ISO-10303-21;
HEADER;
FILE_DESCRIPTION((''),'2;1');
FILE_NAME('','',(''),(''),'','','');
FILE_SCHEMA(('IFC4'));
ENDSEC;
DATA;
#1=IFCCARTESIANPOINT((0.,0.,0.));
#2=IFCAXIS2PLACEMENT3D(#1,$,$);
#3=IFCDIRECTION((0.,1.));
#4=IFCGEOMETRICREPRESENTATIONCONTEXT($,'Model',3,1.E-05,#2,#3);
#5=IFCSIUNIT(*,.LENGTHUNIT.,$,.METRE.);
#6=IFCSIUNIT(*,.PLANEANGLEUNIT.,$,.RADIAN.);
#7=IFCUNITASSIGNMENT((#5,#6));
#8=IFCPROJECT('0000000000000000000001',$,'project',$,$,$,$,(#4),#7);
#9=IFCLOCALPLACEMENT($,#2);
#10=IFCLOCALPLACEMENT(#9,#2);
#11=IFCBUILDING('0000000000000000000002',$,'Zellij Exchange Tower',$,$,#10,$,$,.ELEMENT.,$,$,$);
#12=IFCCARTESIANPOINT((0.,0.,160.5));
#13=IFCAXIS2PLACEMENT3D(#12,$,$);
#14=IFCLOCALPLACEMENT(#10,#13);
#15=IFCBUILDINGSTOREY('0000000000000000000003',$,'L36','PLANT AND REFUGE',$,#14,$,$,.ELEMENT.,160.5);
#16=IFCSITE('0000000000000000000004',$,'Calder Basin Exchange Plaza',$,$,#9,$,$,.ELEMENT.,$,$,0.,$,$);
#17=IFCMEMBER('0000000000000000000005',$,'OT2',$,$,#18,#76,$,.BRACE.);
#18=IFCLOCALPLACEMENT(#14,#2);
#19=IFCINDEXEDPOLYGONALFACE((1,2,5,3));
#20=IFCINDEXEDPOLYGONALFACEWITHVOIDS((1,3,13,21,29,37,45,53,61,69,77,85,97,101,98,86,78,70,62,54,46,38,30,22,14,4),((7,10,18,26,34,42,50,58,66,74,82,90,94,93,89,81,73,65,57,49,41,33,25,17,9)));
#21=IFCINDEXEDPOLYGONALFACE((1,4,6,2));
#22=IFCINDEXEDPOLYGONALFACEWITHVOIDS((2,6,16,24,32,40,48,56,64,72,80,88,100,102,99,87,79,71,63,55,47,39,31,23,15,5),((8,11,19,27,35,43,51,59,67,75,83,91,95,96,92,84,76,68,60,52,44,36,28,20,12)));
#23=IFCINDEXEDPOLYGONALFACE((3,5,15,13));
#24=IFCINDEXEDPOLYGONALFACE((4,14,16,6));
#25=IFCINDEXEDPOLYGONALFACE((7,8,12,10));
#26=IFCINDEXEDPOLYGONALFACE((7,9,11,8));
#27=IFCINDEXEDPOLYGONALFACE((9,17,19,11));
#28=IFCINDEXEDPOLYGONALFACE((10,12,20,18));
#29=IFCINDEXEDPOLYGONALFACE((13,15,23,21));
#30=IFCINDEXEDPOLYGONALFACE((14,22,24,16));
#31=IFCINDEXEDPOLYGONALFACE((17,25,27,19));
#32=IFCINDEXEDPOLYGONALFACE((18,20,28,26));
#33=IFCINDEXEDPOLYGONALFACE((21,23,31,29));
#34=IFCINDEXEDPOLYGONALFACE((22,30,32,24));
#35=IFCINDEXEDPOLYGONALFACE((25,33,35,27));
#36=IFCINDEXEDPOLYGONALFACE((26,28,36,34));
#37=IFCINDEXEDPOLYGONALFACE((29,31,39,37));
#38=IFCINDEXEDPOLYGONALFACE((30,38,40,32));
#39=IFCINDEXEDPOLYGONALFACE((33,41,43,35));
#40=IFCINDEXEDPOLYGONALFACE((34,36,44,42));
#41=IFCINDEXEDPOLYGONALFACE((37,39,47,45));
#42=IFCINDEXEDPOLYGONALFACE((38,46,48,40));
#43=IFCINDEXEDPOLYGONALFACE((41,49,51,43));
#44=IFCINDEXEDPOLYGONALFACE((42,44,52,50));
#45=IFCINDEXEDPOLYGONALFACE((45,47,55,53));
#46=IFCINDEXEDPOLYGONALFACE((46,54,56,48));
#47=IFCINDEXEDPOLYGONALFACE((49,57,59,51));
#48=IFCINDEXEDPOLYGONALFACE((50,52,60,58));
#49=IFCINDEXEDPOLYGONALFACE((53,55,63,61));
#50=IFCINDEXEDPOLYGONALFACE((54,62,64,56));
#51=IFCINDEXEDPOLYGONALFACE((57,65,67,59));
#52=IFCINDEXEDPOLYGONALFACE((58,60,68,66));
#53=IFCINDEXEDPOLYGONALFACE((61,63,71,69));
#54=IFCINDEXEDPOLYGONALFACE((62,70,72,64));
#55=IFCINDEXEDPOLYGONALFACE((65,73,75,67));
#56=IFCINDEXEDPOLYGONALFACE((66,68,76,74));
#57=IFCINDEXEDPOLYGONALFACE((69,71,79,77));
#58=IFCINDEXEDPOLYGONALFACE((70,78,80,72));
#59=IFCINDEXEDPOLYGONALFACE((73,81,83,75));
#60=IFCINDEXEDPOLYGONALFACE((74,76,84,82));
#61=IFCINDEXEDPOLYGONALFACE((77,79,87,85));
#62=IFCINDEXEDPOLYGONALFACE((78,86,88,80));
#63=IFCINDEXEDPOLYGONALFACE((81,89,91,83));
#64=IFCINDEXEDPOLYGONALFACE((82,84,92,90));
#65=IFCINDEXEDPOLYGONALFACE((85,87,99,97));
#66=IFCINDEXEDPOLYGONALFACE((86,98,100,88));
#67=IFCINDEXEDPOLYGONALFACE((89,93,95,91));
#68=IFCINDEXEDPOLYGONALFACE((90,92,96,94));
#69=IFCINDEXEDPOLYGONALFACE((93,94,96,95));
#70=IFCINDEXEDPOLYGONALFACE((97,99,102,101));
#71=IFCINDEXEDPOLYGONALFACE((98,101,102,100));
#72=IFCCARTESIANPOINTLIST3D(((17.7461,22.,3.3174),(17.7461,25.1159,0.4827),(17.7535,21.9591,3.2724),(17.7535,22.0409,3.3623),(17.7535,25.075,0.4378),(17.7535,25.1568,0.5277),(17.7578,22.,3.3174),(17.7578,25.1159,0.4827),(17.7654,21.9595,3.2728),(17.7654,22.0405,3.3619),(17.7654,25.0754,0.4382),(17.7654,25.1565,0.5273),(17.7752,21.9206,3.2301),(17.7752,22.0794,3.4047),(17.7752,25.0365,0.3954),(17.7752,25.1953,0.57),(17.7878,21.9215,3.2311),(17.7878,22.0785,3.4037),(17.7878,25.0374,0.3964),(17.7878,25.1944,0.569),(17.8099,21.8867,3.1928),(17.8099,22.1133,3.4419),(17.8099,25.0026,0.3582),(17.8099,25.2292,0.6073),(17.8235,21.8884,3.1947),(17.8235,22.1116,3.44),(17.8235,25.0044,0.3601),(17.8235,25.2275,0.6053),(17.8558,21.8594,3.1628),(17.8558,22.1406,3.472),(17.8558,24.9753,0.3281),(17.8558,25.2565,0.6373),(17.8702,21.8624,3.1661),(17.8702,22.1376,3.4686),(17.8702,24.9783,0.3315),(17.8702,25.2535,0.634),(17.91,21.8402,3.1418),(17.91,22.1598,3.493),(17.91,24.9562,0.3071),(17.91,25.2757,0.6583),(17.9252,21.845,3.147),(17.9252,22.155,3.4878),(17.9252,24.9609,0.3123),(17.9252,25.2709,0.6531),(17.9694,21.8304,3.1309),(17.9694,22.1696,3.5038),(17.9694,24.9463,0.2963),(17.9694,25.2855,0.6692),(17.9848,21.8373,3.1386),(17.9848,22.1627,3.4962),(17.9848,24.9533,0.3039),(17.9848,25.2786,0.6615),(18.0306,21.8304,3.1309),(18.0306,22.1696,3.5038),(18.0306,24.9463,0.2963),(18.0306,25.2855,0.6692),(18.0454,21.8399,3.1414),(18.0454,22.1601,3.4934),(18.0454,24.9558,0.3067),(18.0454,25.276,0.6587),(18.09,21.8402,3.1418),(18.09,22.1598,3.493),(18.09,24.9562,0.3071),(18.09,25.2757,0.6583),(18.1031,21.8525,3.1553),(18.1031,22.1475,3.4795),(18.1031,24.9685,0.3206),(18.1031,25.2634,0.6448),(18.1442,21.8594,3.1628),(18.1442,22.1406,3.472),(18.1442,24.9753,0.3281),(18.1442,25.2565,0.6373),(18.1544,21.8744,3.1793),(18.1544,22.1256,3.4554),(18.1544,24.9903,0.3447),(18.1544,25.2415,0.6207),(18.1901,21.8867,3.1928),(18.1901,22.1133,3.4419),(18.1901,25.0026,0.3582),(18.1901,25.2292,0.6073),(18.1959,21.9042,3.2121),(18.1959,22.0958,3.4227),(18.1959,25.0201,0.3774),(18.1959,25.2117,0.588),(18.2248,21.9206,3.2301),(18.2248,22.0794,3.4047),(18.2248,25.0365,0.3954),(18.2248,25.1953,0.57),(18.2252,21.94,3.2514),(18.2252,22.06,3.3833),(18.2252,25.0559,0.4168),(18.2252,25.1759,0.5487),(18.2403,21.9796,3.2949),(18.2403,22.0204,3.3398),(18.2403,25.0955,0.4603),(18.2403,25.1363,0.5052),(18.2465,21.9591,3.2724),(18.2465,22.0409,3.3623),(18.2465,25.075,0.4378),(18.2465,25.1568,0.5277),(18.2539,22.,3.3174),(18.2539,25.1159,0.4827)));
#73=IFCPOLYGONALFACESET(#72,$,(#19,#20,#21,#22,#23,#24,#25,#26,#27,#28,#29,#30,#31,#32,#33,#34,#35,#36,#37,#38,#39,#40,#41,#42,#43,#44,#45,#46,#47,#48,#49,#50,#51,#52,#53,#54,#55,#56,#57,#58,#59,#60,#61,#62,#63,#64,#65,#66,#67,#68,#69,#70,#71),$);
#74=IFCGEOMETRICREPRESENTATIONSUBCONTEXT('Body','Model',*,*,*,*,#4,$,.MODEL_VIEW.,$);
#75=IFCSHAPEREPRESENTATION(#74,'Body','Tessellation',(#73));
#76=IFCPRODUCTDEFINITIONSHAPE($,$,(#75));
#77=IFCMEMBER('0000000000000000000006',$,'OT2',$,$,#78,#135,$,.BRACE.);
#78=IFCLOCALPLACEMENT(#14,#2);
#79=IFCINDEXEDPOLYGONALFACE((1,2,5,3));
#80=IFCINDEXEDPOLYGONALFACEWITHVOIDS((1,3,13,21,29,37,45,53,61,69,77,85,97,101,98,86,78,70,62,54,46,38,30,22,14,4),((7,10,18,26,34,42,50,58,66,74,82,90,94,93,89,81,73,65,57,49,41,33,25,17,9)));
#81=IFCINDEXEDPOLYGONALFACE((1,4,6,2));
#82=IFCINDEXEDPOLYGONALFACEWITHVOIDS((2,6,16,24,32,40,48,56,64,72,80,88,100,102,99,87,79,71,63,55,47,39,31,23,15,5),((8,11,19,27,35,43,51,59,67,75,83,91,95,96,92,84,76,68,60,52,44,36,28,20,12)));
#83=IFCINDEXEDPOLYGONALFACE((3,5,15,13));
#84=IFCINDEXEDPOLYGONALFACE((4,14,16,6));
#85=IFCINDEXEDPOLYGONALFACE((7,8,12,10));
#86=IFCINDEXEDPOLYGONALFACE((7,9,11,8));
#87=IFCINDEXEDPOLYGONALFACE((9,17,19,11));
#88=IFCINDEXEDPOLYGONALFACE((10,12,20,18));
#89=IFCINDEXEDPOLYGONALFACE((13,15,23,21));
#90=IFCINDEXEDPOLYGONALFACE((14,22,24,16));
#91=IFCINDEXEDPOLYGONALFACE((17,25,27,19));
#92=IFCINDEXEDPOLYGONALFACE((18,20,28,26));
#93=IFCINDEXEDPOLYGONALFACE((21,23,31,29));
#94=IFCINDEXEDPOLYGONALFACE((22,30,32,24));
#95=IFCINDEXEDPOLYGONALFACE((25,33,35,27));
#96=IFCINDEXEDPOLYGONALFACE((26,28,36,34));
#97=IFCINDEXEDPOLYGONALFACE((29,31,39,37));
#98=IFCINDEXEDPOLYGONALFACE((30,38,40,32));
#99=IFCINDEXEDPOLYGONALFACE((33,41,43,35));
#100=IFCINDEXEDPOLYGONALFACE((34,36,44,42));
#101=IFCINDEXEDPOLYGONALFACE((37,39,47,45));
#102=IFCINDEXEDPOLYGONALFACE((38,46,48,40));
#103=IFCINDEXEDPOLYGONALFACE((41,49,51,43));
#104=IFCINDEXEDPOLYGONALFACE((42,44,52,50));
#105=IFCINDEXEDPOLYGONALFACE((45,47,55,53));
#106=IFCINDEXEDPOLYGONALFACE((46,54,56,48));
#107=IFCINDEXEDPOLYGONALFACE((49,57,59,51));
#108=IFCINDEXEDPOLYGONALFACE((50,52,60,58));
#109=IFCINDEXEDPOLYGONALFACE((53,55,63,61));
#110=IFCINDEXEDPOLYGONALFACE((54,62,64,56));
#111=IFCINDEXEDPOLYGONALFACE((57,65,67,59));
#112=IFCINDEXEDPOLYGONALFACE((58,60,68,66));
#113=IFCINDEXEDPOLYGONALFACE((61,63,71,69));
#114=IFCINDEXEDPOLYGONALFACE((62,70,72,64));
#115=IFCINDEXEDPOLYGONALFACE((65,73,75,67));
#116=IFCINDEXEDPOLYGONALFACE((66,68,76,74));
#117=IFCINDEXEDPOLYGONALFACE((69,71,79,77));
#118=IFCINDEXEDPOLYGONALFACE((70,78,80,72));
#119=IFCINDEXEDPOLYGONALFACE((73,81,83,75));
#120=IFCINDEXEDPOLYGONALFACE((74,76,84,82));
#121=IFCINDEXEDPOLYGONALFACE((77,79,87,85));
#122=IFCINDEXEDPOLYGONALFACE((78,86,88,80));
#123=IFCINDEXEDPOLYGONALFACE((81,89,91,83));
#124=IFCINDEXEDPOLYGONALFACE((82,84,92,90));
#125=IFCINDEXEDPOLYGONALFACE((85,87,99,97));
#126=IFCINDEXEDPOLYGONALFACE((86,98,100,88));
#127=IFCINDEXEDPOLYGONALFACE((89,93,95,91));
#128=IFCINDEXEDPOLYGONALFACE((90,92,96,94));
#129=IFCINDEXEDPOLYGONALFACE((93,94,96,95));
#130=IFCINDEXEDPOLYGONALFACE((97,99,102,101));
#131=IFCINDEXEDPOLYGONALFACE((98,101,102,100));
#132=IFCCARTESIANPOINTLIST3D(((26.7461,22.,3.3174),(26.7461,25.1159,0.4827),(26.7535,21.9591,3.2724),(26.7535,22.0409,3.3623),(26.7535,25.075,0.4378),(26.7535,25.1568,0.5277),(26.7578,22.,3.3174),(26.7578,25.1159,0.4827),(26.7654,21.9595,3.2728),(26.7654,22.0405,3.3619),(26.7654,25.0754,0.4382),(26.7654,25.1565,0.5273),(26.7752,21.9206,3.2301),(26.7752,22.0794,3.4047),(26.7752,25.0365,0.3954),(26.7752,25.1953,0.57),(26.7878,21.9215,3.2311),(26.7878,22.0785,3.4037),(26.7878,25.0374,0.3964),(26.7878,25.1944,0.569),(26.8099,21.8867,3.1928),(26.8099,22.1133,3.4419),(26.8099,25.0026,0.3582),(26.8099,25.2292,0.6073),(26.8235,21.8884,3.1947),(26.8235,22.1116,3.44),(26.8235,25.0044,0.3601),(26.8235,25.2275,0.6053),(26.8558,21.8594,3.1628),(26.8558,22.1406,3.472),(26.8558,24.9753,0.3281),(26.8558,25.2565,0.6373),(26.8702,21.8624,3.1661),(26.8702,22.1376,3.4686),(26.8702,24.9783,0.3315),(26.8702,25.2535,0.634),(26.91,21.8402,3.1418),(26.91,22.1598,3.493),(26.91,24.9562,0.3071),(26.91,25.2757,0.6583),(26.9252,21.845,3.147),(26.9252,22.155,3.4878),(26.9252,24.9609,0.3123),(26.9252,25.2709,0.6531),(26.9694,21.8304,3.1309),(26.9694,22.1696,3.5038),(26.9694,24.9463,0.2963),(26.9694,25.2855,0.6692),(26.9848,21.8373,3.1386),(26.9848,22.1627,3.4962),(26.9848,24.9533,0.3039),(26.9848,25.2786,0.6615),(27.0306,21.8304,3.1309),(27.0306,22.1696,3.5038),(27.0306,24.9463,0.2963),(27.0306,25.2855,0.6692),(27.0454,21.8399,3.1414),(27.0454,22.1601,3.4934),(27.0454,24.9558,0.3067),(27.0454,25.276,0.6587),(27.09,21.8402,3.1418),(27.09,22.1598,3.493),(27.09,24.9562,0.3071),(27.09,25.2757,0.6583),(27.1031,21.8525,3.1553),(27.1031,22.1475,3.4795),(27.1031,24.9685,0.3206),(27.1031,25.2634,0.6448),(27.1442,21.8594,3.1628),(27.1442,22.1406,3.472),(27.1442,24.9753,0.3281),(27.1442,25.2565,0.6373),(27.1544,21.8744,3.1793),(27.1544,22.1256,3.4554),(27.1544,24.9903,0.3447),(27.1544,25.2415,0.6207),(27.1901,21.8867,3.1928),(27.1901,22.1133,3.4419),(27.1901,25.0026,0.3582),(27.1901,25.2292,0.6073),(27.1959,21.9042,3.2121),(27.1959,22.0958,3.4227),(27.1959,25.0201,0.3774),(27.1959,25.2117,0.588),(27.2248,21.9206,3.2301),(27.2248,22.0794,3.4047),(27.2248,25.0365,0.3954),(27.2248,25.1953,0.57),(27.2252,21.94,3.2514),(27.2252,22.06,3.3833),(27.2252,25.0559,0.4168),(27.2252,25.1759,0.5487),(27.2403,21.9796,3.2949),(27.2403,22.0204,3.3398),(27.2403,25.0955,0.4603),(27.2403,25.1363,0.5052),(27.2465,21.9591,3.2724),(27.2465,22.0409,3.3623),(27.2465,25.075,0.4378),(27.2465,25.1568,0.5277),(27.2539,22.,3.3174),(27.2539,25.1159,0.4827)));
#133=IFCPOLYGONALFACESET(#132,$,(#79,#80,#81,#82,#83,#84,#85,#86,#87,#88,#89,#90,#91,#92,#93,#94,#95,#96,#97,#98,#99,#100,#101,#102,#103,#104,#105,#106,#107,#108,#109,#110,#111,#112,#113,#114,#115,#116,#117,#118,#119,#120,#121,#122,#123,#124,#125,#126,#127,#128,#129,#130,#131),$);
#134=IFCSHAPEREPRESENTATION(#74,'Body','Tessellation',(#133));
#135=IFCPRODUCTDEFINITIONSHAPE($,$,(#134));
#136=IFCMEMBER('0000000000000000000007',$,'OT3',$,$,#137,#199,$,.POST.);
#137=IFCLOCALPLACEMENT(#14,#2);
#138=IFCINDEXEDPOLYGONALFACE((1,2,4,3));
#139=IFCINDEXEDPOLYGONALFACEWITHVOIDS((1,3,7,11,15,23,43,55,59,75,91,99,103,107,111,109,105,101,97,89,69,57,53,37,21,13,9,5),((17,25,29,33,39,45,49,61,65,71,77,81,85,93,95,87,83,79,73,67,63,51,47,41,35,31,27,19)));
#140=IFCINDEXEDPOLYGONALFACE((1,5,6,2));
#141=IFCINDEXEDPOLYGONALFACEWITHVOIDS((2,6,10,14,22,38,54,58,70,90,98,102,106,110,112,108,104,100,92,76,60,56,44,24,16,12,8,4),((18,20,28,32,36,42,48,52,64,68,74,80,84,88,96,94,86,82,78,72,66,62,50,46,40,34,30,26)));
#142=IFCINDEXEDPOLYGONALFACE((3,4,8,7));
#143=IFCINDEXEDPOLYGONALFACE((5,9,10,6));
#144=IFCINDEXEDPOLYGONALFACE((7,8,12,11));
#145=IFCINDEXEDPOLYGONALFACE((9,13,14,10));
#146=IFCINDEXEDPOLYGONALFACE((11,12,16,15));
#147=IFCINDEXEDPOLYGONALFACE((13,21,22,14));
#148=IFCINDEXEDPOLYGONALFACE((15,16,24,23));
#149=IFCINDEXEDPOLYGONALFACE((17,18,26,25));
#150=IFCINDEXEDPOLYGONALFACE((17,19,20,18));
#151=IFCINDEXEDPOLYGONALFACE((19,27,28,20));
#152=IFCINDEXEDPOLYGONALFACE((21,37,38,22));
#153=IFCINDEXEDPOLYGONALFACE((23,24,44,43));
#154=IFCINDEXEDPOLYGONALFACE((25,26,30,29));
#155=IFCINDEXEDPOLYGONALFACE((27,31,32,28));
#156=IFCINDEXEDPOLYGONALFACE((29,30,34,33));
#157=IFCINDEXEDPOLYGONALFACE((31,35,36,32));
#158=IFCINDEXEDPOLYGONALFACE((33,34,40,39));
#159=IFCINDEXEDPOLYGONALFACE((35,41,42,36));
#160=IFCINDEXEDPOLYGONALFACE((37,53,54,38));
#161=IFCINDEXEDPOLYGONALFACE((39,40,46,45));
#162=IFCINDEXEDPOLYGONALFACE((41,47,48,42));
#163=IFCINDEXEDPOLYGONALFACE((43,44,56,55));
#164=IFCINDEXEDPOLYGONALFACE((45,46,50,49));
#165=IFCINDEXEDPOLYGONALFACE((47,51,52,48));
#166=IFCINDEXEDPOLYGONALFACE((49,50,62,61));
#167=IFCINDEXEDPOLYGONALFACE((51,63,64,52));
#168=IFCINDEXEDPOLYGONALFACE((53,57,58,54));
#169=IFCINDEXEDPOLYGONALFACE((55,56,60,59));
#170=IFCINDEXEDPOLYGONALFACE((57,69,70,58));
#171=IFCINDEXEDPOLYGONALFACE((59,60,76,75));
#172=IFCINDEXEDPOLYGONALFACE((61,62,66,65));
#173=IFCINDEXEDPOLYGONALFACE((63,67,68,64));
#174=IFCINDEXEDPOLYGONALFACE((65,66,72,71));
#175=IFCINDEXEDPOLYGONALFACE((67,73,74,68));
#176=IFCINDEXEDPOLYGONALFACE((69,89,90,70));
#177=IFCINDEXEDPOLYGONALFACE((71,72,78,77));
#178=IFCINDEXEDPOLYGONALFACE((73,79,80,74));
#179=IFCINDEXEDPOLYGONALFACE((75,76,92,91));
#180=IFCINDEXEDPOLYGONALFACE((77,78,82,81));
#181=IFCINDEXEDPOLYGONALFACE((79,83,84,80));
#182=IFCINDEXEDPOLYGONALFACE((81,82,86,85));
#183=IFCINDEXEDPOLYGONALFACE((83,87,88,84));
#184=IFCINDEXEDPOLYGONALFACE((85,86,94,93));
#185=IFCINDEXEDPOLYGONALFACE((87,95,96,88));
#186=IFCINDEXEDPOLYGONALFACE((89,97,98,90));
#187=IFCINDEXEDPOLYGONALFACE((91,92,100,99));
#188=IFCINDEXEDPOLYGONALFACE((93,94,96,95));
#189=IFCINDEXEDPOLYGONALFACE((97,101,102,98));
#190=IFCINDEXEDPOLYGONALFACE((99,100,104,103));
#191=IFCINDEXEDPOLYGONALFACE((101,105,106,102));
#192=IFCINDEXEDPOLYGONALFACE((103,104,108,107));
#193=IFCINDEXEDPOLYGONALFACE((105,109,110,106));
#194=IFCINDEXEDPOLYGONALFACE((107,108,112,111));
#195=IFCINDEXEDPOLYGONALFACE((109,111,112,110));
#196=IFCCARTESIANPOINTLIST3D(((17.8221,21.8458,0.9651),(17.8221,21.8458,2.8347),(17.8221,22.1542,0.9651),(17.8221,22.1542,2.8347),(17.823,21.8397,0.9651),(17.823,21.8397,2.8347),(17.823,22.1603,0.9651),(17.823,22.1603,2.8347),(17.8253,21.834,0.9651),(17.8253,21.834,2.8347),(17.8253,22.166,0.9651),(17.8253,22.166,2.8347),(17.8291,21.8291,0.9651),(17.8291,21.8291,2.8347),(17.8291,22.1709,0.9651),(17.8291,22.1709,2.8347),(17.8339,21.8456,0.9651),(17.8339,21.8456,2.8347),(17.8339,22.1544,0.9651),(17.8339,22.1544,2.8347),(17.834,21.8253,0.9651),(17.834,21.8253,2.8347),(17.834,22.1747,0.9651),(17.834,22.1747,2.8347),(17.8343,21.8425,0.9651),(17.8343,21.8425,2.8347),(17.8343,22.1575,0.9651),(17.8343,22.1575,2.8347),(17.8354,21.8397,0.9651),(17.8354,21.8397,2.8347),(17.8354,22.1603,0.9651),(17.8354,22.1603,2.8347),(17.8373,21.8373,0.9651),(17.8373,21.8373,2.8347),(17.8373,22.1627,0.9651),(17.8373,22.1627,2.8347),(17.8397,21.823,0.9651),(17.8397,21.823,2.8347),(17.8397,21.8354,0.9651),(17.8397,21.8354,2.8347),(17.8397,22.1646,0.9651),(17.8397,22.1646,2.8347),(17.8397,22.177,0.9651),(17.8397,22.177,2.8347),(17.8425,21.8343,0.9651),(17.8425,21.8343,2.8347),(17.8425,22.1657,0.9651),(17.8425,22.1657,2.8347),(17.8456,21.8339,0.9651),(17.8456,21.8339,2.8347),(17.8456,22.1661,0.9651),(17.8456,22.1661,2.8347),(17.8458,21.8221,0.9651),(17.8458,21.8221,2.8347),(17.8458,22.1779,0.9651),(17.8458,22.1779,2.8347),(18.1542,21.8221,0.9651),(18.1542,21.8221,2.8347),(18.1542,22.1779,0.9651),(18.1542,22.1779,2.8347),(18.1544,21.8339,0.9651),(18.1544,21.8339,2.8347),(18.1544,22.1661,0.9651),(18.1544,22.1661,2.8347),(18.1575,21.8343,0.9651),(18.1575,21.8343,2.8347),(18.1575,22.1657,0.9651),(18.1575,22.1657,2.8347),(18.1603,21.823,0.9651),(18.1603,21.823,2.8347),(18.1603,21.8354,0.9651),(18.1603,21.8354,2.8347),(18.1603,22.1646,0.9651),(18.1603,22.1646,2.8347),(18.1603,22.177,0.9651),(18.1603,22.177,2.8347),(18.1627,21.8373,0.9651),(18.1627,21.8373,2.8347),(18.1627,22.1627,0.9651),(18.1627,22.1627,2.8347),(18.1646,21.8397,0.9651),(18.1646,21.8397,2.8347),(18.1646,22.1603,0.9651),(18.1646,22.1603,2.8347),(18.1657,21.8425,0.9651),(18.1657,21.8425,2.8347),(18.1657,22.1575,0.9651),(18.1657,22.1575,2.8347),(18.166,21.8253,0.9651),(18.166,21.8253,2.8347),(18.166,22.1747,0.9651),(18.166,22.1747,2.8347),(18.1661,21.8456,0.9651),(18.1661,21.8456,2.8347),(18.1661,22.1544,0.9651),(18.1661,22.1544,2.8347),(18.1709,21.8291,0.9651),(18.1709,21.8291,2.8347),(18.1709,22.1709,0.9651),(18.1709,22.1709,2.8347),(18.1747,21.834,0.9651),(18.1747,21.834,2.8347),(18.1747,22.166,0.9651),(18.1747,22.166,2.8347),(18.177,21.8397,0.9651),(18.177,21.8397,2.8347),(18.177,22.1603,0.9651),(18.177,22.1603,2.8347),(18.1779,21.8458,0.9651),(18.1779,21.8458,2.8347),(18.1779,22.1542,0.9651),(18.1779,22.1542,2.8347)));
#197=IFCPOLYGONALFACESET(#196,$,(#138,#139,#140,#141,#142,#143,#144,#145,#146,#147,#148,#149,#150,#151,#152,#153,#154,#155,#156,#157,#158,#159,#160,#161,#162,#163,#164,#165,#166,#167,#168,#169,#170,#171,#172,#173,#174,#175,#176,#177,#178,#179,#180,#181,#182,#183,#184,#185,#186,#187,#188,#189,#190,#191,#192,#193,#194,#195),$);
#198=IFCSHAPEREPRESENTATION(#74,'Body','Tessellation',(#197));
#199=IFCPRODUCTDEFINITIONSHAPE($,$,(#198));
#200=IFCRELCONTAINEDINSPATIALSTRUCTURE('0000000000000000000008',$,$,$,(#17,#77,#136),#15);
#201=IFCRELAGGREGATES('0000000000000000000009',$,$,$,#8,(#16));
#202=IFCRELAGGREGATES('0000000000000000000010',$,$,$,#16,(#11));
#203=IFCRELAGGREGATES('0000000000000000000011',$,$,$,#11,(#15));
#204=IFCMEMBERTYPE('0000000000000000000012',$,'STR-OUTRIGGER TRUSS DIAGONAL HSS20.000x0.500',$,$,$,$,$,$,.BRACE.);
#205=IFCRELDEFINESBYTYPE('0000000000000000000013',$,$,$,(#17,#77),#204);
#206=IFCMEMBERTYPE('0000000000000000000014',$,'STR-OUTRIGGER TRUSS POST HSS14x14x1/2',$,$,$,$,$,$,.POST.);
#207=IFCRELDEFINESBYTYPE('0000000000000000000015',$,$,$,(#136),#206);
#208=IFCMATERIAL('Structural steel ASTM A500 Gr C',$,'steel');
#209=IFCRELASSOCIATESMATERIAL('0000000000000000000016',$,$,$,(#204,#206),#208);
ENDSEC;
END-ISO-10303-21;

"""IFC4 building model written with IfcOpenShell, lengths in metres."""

from ifc_helpers import new_model, si_unit, direction, frame, origin, origin_2d, place, context, subcontext, project, spatial, hollow_rectangle, hollow_circle, extrude, material, material_profile, profile_set, type_object, element, save


model = new_model("IFC4")

# Units and contexts
model_context = context("Model", 3, precision=1e-05, world=origin(), true_north=direction((0.0, 1.0)))
body_context = subcontext(model_context, "Body", "Model", "MODEL_VIEW")
ifc_project = project(units=[si_unit("LENGTHUNIT", "METRE"), si_unit("PLANEANGLEUNIT", "RADIAN")], contexts=[model_context])

# Site, building, storey
site_placement = place(None, origin())
site = spatial("IfcSite", under=ifc_project, at=site_placement, Name="Calder Basin Exchange Plaza", CompositionType="ELEMENT", RefElevation=0.0)
building_placement = place(site_placement, origin())
building = spatial("IfcBuilding", under=site, at=building_placement, Name="Zellij Exchange Tower", CompositionType="ELEMENT")
storey_placement = place(building_placement, frame((0.0, 0.0, 160.5)))
storey = spatial("IfcBuildingStorey", under=building, at=storey_placement, Name="L36", Description="PLANT AND REFUGE", CompositionType="ELEMENT", Elevation=160.5)

# Shared definitions
ifc_material_1 = material(Name="Structural steel ASTM A500 Gr C", Category="steel")

# Members
ifc_material_profile_1 = material_profile(ifc_material_1, hollow_circle(Radius=0.2539, WallThickness=0.0117, at=origin_2d()), Name="STR-OUTRIGGER TRUSS DIAGONAL HSS20.000x0.500")
ifc_profile_set_1 = profile_set([ifc_material_profile_1], Name="Structural steel ASTM A500 Gr C")
member_type_1 = type_object("IfcMemberType", Name="STR-OUTRIGGER TRUSS DIAGONAL HSS20.000x0.500", PredefinedType="BRACE", material=ifc_profile_set_1)
for number, where, z_axis, x_axis, name in (
    (1, (18.0, 22.0, 3.3174), (0.0, 0.739701, -0.672935), (-1.0, 0.0, 0.0), "OT2"),
    (2, (27.0, 22.0, 3.3174), (0.0, 0.739701, -0.672935), (-1.0, 0.0, 0.0), "OT2"),
):
    element("IfcMember", number, at=place(storey_placement, frame(where, z_axis=z_axis, x_axis=x_axis)), inside=storey, type_object=member_type_1, Name=name, PredefinedType="BRACE", context=body_context, shape_type="SweptSolid", body=[
        extrude(hollow_circle(Radius=0.2539, WallThickness=0.0117, at=origin_2d()), origin(), (0.0, 0.0, 1.0), 4.2124),
    ])
ifc_material_profile_2 = material_profile(ifc_material_1, hollow_rectangle(XDim=0.3557, YDim=0.3557, WallThickness=0.0117, InnerFilletRadius=0.0117, OuterFilletRadius=0.0237, at=origin_2d()), Name="STR-OUTRIGGER TRUSS POST HSS14x14x1/2")
ifc_profile_set_2 = profile_set([ifc_material_profile_2], Name="Structural steel ASTM A500 Gr C")
member_type_2 = type_object("IfcMemberType", Name="STR-OUTRIGGER TRUSS POST HSS14x14x1/2", PredefinedType="POST", material=ifc_profile_set_2)
for number, where, z_axis, x_axis, name in (
    (3, (18.0, 22.0, 0.9651), (0.0, 0.0, 1.0), (1.0, 0.0, 0.0), "OT3"),
):
    element("IfcMember", number, at=place(storey_placement, frame(where, z_axis=z_axis, x_axis=x_axis)), inside=storey, type_object=member_type_2, Name=name, PredefinedType="POST", context=body_context, shape_type="SweptSolid", body=[
        extrude(hollow_rectangle(XDim=0.3557, YDim=0.3557, WallThickness=0.0117, InnerFilletRadius=0.0117, OuterFilletRadius=0.0237, at=origin_2d()), origin(), (0.0, 0.0, 1.0), 1.8696),
    ])

save(model, "model.ifc")
